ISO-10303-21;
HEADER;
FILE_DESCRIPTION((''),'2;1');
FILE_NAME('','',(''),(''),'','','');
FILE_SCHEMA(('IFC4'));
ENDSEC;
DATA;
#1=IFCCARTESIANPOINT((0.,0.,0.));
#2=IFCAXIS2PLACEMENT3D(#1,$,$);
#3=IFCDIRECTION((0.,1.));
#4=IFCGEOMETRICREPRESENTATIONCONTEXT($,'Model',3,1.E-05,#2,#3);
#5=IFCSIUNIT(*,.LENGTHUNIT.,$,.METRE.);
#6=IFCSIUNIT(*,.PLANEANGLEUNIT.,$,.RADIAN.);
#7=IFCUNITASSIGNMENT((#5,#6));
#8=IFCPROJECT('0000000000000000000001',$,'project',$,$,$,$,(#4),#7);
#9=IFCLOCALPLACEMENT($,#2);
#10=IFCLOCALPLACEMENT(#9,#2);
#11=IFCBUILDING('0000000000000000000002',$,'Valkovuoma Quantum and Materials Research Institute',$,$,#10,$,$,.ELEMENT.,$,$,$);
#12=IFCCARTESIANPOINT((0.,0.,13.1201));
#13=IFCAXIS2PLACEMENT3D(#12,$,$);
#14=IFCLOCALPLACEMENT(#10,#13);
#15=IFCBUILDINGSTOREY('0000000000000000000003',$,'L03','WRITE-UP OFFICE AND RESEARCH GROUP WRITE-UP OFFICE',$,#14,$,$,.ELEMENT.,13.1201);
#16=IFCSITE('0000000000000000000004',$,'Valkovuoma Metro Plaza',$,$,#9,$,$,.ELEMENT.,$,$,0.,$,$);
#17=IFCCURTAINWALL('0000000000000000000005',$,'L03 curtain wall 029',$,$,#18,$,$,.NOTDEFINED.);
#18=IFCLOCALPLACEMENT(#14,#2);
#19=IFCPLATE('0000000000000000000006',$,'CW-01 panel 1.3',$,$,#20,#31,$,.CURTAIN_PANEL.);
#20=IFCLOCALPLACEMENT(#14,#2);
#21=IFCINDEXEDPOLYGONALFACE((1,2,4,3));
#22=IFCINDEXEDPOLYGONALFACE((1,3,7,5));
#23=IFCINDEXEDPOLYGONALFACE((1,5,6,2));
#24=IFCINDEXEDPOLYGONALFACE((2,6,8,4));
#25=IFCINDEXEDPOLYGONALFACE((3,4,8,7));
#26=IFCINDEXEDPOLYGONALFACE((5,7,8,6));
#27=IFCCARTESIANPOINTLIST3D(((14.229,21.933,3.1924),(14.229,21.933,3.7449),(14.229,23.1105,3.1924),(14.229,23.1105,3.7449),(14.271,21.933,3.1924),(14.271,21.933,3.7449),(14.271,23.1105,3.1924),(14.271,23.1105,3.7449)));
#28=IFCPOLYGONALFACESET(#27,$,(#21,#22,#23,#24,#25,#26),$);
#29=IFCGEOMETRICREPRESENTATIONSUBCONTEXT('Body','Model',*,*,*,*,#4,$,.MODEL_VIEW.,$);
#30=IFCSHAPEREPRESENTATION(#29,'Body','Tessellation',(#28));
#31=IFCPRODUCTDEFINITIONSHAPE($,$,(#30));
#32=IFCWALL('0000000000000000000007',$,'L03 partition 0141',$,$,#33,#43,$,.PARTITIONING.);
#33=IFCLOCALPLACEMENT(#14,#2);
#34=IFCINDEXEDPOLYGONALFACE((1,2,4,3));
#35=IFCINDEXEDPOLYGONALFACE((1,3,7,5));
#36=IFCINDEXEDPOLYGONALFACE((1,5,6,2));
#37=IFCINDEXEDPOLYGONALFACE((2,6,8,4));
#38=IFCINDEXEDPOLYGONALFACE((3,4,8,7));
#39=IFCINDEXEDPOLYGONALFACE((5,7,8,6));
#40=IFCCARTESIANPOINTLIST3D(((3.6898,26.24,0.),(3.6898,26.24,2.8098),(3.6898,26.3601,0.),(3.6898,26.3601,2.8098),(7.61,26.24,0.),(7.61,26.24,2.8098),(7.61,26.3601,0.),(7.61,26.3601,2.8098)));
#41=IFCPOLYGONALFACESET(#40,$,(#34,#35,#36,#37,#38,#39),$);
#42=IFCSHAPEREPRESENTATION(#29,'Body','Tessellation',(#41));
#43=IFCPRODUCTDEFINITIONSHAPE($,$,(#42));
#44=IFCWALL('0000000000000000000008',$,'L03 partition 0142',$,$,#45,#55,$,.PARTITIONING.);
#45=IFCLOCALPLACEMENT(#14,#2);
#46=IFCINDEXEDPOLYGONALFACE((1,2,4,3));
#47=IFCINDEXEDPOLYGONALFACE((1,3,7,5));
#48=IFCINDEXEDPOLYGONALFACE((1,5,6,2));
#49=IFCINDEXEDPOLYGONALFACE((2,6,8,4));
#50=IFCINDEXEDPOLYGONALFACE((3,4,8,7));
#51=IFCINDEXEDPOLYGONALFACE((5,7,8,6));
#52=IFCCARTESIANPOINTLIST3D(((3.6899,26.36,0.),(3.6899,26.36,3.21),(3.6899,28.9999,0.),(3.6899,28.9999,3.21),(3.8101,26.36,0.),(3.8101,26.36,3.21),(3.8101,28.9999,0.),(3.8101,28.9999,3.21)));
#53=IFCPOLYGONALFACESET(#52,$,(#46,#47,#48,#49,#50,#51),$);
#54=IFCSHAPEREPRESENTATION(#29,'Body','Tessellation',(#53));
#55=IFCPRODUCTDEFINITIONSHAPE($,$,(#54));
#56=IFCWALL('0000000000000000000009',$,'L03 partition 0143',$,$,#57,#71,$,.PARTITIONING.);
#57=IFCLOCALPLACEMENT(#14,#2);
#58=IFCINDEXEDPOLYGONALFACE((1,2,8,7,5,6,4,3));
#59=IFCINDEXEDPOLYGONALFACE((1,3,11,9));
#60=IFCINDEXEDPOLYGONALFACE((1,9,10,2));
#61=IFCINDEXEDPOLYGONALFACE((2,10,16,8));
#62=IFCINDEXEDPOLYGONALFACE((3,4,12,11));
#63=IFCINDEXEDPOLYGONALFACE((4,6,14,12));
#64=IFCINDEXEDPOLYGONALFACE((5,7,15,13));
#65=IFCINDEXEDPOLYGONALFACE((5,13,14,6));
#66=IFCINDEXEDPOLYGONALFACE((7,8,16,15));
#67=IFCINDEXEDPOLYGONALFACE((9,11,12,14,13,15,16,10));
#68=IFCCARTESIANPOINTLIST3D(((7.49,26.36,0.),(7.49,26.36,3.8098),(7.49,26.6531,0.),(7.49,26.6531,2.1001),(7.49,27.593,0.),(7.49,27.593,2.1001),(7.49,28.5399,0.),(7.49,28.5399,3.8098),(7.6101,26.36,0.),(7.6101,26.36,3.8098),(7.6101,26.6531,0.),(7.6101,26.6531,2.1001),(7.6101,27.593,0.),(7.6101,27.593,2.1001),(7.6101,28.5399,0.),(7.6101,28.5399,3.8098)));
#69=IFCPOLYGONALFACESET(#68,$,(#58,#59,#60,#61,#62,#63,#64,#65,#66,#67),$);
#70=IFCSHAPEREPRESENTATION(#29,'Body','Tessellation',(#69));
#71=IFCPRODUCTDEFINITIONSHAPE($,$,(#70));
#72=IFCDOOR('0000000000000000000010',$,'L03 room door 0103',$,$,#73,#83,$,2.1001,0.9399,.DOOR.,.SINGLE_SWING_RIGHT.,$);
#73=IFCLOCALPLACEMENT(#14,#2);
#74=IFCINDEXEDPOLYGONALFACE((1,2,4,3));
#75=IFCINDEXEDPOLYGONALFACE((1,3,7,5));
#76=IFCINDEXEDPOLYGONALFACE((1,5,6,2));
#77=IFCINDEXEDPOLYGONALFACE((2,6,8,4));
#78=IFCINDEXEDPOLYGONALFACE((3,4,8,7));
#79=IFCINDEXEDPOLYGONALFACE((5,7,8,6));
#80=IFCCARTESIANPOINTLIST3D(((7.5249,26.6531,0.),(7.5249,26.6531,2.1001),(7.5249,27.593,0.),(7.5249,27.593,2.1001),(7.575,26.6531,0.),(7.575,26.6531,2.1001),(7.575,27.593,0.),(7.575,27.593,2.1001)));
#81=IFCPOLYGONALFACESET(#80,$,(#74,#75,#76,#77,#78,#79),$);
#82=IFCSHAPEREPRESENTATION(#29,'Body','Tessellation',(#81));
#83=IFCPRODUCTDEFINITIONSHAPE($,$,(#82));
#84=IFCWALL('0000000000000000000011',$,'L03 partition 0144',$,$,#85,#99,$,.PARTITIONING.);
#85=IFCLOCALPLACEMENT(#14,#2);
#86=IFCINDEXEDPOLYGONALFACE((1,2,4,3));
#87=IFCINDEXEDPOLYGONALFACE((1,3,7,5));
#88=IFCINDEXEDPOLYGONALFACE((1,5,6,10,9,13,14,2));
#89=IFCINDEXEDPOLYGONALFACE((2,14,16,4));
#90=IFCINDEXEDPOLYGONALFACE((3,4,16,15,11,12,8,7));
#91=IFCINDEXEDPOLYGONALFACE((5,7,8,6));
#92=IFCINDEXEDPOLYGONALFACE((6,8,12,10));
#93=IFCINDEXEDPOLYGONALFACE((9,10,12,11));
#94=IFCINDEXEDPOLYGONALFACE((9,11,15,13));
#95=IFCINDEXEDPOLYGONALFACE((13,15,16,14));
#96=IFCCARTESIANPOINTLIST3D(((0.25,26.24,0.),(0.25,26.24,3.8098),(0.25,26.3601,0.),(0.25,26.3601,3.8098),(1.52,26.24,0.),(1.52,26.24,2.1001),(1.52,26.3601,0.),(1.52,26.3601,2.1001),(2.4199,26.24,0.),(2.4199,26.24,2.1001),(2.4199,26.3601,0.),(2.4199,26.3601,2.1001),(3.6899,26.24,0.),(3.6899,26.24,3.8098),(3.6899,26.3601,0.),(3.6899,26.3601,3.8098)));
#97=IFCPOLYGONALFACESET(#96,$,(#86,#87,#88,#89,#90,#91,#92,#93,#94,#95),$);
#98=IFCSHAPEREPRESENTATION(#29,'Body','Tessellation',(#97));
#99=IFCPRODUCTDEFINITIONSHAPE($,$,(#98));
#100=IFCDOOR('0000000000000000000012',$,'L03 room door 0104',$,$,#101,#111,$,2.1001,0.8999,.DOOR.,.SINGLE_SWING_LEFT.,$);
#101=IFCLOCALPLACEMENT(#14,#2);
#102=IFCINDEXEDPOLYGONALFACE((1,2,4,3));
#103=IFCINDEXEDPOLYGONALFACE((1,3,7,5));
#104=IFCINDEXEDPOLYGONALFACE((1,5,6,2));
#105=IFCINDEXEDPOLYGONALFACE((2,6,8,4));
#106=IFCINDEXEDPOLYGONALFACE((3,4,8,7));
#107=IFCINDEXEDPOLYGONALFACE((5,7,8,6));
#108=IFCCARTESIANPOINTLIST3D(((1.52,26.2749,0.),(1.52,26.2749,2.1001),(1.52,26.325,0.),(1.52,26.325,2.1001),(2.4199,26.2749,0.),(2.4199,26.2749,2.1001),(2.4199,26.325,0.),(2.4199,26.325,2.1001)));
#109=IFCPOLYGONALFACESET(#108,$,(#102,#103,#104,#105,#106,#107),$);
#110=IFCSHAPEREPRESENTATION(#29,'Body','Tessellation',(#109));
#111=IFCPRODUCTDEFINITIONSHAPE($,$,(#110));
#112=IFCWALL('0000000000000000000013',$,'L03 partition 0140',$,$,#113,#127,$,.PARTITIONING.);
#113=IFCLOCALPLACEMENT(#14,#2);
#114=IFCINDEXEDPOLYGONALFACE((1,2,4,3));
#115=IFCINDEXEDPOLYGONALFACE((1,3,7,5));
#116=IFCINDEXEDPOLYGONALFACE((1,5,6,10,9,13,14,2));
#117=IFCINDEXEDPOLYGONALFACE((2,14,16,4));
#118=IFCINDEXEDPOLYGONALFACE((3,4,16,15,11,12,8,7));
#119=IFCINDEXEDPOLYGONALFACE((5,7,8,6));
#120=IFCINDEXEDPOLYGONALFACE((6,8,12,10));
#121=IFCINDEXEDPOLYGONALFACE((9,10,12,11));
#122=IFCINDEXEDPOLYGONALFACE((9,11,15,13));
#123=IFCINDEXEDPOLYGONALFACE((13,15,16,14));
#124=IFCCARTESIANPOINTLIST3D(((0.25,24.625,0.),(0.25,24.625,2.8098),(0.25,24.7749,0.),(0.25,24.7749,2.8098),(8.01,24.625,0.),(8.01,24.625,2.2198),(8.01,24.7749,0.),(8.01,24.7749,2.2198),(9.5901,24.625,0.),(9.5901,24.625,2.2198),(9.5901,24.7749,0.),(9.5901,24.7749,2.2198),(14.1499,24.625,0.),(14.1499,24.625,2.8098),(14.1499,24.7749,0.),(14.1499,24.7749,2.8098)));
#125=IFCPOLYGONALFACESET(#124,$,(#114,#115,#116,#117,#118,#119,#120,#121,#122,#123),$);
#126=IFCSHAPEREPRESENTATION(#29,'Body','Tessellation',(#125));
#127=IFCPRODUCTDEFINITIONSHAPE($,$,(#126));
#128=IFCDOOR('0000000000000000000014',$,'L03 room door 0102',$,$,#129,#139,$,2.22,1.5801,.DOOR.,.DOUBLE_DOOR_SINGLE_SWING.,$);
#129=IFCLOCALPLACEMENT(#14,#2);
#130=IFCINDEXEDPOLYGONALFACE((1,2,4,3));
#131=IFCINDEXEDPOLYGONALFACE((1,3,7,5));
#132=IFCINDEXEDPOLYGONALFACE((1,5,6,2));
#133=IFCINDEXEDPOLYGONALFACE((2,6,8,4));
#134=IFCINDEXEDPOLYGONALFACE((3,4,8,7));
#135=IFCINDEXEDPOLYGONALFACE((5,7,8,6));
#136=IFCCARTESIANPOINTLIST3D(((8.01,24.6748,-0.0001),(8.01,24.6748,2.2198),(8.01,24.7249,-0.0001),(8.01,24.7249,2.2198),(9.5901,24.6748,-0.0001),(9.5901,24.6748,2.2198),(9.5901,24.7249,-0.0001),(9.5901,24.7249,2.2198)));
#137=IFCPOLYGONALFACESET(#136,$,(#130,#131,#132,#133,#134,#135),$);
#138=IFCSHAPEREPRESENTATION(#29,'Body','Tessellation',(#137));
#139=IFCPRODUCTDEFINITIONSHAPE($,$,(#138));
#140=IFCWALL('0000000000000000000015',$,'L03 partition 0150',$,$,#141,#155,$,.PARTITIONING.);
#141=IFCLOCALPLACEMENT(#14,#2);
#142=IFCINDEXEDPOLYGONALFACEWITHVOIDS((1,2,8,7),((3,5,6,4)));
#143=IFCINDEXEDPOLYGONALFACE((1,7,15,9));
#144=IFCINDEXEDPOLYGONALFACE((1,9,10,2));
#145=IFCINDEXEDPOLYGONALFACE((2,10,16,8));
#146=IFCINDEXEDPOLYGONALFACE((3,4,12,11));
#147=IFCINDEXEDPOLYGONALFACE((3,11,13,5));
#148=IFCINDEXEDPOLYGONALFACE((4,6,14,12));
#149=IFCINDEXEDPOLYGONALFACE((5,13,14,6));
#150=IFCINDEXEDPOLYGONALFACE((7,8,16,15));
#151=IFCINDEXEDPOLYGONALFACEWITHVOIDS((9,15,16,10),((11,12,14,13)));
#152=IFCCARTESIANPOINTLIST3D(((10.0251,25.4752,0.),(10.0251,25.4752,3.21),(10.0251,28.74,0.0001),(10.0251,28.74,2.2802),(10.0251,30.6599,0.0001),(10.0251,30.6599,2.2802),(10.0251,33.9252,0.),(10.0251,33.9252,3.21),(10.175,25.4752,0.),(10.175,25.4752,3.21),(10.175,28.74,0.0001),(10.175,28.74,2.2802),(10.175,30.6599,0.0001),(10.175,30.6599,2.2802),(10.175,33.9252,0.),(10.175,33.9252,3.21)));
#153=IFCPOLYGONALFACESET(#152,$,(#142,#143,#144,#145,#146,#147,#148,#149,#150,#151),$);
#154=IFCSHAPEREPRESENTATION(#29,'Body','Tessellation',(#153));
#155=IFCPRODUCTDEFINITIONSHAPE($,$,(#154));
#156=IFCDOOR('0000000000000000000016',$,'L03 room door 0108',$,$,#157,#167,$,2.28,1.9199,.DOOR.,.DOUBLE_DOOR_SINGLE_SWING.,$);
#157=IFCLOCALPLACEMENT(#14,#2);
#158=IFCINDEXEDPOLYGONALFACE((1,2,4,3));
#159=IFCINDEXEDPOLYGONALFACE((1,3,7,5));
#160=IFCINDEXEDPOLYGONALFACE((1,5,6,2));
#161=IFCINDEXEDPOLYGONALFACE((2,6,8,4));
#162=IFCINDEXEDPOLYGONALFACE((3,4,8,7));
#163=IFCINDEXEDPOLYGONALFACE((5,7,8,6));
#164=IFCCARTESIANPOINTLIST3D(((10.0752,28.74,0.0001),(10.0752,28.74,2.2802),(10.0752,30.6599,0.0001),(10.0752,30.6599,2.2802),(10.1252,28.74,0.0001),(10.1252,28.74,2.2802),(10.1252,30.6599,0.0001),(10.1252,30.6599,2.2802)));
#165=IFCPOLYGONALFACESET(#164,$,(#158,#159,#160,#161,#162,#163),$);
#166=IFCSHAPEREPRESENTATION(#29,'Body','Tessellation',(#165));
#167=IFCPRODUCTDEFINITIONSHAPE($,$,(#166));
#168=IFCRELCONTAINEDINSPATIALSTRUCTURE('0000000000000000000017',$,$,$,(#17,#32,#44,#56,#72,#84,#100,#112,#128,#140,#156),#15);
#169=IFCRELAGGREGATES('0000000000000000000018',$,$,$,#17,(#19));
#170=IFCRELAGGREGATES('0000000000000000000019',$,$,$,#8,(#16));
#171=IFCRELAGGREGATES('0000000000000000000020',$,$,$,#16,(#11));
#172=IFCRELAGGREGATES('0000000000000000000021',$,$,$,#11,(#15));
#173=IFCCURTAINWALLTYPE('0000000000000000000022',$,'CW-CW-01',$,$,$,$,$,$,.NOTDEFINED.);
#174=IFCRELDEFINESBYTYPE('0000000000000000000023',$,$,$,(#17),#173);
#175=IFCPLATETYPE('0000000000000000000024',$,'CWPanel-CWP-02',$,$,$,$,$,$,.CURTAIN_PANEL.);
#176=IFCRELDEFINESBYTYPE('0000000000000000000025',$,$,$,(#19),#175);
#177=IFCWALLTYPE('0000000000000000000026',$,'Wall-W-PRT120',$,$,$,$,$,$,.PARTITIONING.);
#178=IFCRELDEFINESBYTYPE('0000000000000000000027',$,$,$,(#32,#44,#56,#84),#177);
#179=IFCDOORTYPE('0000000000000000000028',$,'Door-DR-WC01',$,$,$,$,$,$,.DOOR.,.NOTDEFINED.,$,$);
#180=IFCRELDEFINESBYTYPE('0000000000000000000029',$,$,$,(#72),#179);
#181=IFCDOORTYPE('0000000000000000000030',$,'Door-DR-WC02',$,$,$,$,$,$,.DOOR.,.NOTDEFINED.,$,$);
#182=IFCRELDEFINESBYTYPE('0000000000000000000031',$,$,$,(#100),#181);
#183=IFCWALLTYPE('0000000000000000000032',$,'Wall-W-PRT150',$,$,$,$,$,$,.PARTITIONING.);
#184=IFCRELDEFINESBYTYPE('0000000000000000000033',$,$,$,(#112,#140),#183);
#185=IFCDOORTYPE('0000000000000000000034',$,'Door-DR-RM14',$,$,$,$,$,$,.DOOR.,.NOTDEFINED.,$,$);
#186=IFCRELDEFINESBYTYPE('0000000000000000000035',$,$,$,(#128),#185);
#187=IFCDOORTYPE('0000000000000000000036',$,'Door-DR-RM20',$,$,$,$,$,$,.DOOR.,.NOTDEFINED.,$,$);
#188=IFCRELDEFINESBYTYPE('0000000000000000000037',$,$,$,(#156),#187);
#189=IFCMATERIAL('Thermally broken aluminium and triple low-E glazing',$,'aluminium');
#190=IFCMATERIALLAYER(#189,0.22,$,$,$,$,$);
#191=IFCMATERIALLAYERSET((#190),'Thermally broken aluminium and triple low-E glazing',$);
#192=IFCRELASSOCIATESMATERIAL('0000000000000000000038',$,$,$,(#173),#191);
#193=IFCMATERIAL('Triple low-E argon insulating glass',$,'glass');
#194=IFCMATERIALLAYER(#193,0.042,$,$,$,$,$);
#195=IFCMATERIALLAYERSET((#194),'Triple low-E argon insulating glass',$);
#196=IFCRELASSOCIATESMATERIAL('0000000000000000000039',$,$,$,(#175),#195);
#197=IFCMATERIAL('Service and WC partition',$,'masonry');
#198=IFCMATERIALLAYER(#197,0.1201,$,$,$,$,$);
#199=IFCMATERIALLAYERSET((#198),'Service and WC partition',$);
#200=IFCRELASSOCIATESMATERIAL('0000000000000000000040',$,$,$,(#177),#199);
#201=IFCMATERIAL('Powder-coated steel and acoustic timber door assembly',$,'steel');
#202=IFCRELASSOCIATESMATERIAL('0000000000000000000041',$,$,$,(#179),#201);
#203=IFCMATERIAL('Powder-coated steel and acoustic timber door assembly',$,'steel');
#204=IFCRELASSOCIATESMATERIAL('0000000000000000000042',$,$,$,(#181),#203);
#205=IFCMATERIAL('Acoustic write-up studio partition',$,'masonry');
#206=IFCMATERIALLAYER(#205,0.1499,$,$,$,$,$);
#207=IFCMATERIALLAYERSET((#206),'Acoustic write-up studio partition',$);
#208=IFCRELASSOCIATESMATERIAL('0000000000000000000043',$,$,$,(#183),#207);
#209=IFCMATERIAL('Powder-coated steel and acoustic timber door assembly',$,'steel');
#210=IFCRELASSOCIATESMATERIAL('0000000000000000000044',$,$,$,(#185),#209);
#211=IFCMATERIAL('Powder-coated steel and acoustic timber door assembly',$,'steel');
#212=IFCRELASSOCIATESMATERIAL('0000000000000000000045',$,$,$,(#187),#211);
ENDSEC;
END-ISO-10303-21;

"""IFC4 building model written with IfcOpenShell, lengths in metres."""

from ifc_helpers import new_model, si_unit, direction, frame, frame_2d, origin, origin_2d, place, context, subcontext, project, spatial, rectangle, extrude, material, layer, layer_set, type_object, element, fill, aggregate, save


model = new_model("IFC4")

# Units and contexts
model_context = context("Model", 3, precision=1e-05, world=origin(), true_north=direction((0.0, 1.0)))
body_context = subcontext(model_context, "Body", "Model", "MODEL_VIEW")
ifc_project = project(units=[si_unit("LENGTHUNIT", "METRE"), si_unit("PLANEANGLEUNIT", "RADIAN")], contexts=[model_context])

# Site, building, storey
site_placement = place(None, origin())
site = spatial("IfcSite", under=ifc_project, at=site_placement, Name="Valkovuoma Metro Plaza", CompositionType="ELEMENT", RefElevation=0.0)
building_placement = place(site_placement, origin())
building = spatial("IfcBuilding", under=site, at=building_placement, Name="Valkovuoma Quantum and Materials Research Institute", CompositionType="ELEMENT")
storey_placement = place(building_placement, frame((0.0, 0.0, 13.1201)))
storey = spatial("IfcBuildingStorey", under=building, at=storey_placement, Name="L03", Description="WRITE-UP OFFICE AND RESEARCH GROUP WRITE-UP OFFICE", CompositionType="ELEMENT", Elevation=13.1201)

# Curtain wall
ifc_material_1 = material(Name="Thermally broken aluminium and triple low-E glazing", Category="aluminium")
ifc_layer_1 = layer(ifc_material_1, 0.22)
ifc_layer_set_1 = layer_set([ifc_layer_1], Name="Thermally broken aluminium and triple low-E glazing")
curtain_wall_type = type_object("IfcCurtainWallType", Name="CW-CW-01", PredefinedType="NOTDEFINED", material=ifc_layer_set_1)
curtain_wall_1_placement = place(storey_placement, origin())
curtain_wall_1 = element("IfcCurtainWall", 1, at=curtain_wall_1_placement, inside=storey, type_object=curtain_wall_type, Name="L03 curtain wall 029", PredefinedType="NOTDEFINED")

# Plate
ifc_material_2 = material(Name="Triple low-E argon insulating glass", Category="glass")
ifc_layer_2 = layer(ifc_material_2, 0.042)
ifc_layer_set_2 = layer_set([ifc_layer_2], Name="Triple low-E argon insulating glass")
plate_type_1 = type_object("IfcPlateType", Name="CWPanel-CWP-02", PredefinedType="CURTAIN_PANEL", material=ifc_layer_set_2)
plate_1_placement = place(storey_placement, frame((14.25, 22.5217, 3.1924), z_axis=(0.0, 0.0, 1.0), x_axis=(0.0, 1.0, 0.0)))
plate_1 = element("IfcPlate", 2, at=plate_1_placement, type_object=plate_type_1, Name="CW-01 panel 1.3", PredefinedType="CURTAIN_PANEL", context=body_context, shape_type="SweptSolid", body=[
    extrude(rectangle(XDim=1.1775, YDim=0.042, at=origin_2d()), origin(), (0.0, 0.0, 1.0), 0.5525),
])
aggregate(curtain_wall_1, [plate_1])

# Walls
ifc_material_3 = material(Name="Service and WC partition", Category="masonry")
ifc_layer_3 = layer(ifc_material_3, 0.1201)
ifc_layer_set_3 = layer_set([ifc_layer_3], Name="Service and WC partition")
wall_type_1 = type_object("IfcWallType", Name="Wall-W-PRT120", PredefinedType="PARTITIONING", material=ifc_layer_set_3)
wall_1_placement = place(storey_placement, frame((3.6899, 26.3, 0.0), z_axis=(0.0, 0.0, 1.0), x_axis=(1.0, 0.0, 0.0)))
element("IfcWall", 3, at=wall_1_placement, inside=storey, type_object=wall_type_1, Name="L03 partition 0141", PredefinedType="PARTITIONING", context=body_context, shape_type="SweptSolid", body=[
    extrude(rectangle(XDim=3.9202, YDim=0.1201, at=frame_2d((1.96, 0.0))), origin(), (0.0, 0.0, 1.0), 2.8098),
])
wall_2_placement = place(storey_placement, frame((3.75, 26.3601, 0.0), z_axis=(0.0, 0.0, 1.0), x_axis=(0.0, 1.0, 0.0)))
element("IfcWall", 4, at=wall_2_placement, inside=storey, type_object=wall_type_1, Name="L03 partition 0142", PredefinedType="PARTITIONING", context=body_context, shape_type="SweptSolid", body=[
    extrude(rectangle(XDim=2.6399, YDim=0.1201, at=frame_2d((1.3198, 0.0))), origin(), (0.0, 0.0, 1.0), 3.21),
])

# Walls, openings, doors
wall_3_placement = place(storey_placement, frame((7.55, 26.3601, 0.0), z_axis=(0.0, 0.0, 1.0), x_axis=(0.0, 1.0, 0.0)))
wall_3 = element("IfcWall", 5, at=wall_3_placement, inside=storey, type_object=wall_type_1, Name="L03 partition 0143", PredefinedType="PARTITIONING", context=body_context, shape_type="SweptSolid", body=[
    extrude(rectangle(XDim=2.1799, YDim=0.1201, at=frame_2d((1.0898, 0.0))), origin(), (0.0, 0.0, 1.0), 3.8098),
])
opening_1_placement = place(wall_3_placement, frame((0.293, 0.0, 0.0)))
opening_1 = element("IfcOpeningElement", 6, at=opening_1_placement, cuts=wall_3, PredefinedType="OPENING", context=body_context, shape_type="SweptSolid", body=[
    extrude(rectangle(XDim=0.9399, YDim=2.1001, at=frame_2d((0.47, 1.05))), frame((0.0, 0.0701, 0.0), z_axis=(0.0, -1.0, 0.0), x_axis=(1.0, 0.0, 0.0)), (0.0, 0.0, 1.0), 0.1401),
])
ifc_material_4 = material(Name="Powder-coated steel and acoustic timber door assembly", Category="steel")
door_type_1 = type_object("IfcDoorType", Name="Door-DR-WC01", OperationType="NOTDEFINED", PredefinedType="DOOR", material=ifc_material_4)
door_1_placement = place(opening_1_placement, frame((0.9399, 0.0, 0.0), z_axis=(0.0, 0.0, 1.0), x_axis=(-1.0, 0.0, 0.0)))
door_1 = element("IfcDoor", 7, at=door_1_placement, inside=storey, type_object=door_type_1, Name="L03 room door 0103", OperationType="SINGLE_SWING_RIGHT", OverallHeight=2.1001, OverallWidth=0.9399, PredefinedType="DOOR", context=body_context, shape_type="SweptSolid", body=[
    extrude(rectangle(XDim=0.9399, YDim=2.1001, at=frame_2d((0.47, 1.05))), frame((0.0, 0.0249, 0.0), z_axis=(0.0, -1.0, 0.0), x_axis=(1.0, 0.0, 0.0)), (0.0, 0.0, 1.0), 0.05),
])
fill(opening_1, door_1)
wall_4_placement = place(storey_placement, frame((0.25, 26.3, 0.0), z_axis=(0.0, 0.0, 1.0), x_axis=(1.0, 0.0, 0.0)))
wall_4 = element("IfcWall", 8, at=wall_4_placement, inside=storey, type_object=wall_type_1, Name="L03 partition 0144", PredefinedType="PARTITIONING", context=body_context, shape_type="SweptSolid", body=[
    extrude(rectangle(XDim=3.4399, YDim=0.1201, at=frame_2d((1.72, 0.0))), origin(), (0.0, 0.0, 1.0), 3.8098),
])
opening_2_placement = place(wall_4_placement, frame((1.27, 0.0, 0.0)))
opening_2 = element("IfcOpeningElement", 9, at=opening_2_placement, cuts=wall_4, PredefinedType="OPENING", context=body_context, shape_type="SweptSolid", body=[
    extrude(rectangle(XDim=0.8999, YDim=2.1001, at=frame_2d((0.45, 1.05))), frame((0.0, 0.0701, 0.0), z_axis=(0.0, -1.0, 0.0), x_axis=(1.0, 0.0, 0.0)), (0.0, 0.0, 1.0), 0.1401),
])
ifc_material_5 = material(Name="Powder-coated steel and acoustic timber door assembly", Category="steel")
door_type_2 = type_object("IfcDoorType", Name="Door-DR-WC02", OperationType="NOTDEFINED", PredefinedType="DOOR", material=ifc_material_5)
door_2_placement = place(opening_2_placement, origin())
door_2 = element("IfcDoor", 10, at=door_2_placement, inside=storey, type_object=door_type_2, Name="L03 room door 0104", OperationType="SINGLE_SWING_LEFT", OverallHeight=2.1001, OverallWidth=0.8999, PredefinedType="DOOR", context=body_context, shape_type="SweptSolid", body=[
    extrude(rectangle(XDim=0.8999, YDim=2.1001, at=frame_2d((0.45, 1.05))), frame((0.0, 0.0249, 0.0), z_axis=(0.0, -1.0, 0.0), x_axis=(1.0, 0.0, 0.0)), (0.0, 0.0, 1.0), 0.05),
])
fill(opening_2, door_2)
ifc_material_6 = material(Name="Acoustic write-up studio partition", Category="masonry")
ifc_layer_4 = layer(ifc_material_6, 0.1499)
ifc_layer_set_4 = layer_set([ifc_layer_4], Name="Acoustic write-up studio partition")
wall_type_2 = type_object("IfcWallType", Name="Wall-W-PRT150", PredefinedType="PARTITIONING", material=ifc_layer_set_4)
wall_5_placement = place(storey_placement, frame((0.25, 24.7, 0.0), z_axis=(0.0, 0.0, 1.0), x_axis=(1.0, 0.0, 0.0)))
wall_5 = element("IfcWall", 11, at=wall_5_placement, inside=storey, type_object=wall_type_2, Name="L03 partition 0140", PredefinedType="PARTITIONING", context=body_context, shape_type="SweptSolid", body=[
    extrude(rectangle(XDim=13.8999, YDim=0.1499, at=frame_2d((6.95, 0.0))), origin(), (0.0, 0.0, 1.0), 2.8098),
])
opening_3_placement = place(wall_5_placement, frame((7.76, 0.0, 0.0)))
opening_3 = element("IfcOpeningElement", 12, at=opening_3_placement, cuts=wall_5, PredefinedType="OPENING", context=body_context, shape_type="SweptSolid", body=[
    extrude(rectangle(XDim=1.5801, YDim=2.22, at=frame_2d((0.79, 1.1099))), frame((0.0, 0.085, 0.0), z_axis=(0.0, -1.0, 0.0), x_axis=(1.0, 0.0, 0.0)), (0.0, 0.0, 1.0), 0.1699),
])
ifc_material_7 = material(Name="Powder-coated steel and acoustic timber door assembly", Category="steel")
door_type_3 = type_object("IfcDoorType", Name="Door-DR-RM14", OperationType="NOTDEFINED", PredefinedType="DOOR", material=ifc_material_7)
door_3_placement = place(opening_3_placement, origin())
door_3 = element("IfcDoor", 13, at=door_3_placement, inside=storey, type_object=door_type_3, Name="L03 room door 0102", OperationType="DOUBLE_DOOR_SINGLE_SWING", OverallHeight=2.22, OverallWidth=1.5801, PredefinedType="DOOR", context=body_context, shape_type="SweptSolid", body=[
    extrude(rectangle(XDim=1.5801, YDim=2.22, at=frame_2d((0.79, 1.1099))), frame((0.0, 0.0249, 0.0), z_axis=(0.0, -1.0, 0.0), x_axis=(1.0, 0.0, 0.0)), (0.0, 0.0, 1.0), 0.05),
])
fill(opening_3, door_3)
wall_6_placement = place(storey_placement, frame((10.1001, 25.4751, 0.0), z_axis=(0.0, 0.0, 1.0), x_axis=(0.0, 1.0, 0.0)))
wall_6 = element("IfcWall", 14, at=wall_6_placement, inside=storey, type_object=wall_type_2, Name="L03 partition 0150", PredefinedType="PARTITIONING", context=body_context, shape_type="SweptSolid", body=[
    extrude(rectangle(XDim=8.45, YDim=0.1499, at=frame_2d((4.2251, 0.0))), origin(), (0.0, 0.0, 1.0), 3.21),
])
opening_4_placement = place(wall_6_placement, frame((3.2649, 0.0, 0.0)))
opening_4 = element("IfcOpeningElement", 15, at=opening_4_placement, cuts=wall_6, PredefinedType="OPENING", context=body_context, shape_type="SweptSolid", body=[
    extrude(rectangle(XDim=1.9199, YDim=2.28, at=frame_2d((0.96, 1.1401))), frame((0.0, 0.085, 0.0), z_axis=(0.0, -1.0, 0.0), x_axis=(1.0, 0.0, 0.0)), (0.0, 0.0, 1.0), 0.1699),
])
ifc_material_8 = material(Name="Powder-coated steel and acoustic timber door assembly", Category="steel")
door_type_4 = type_object("IfcDoorType", Name="Door-DR-RM20", OperationType="NOTDEFINED", PredefinedType="DOOR", material=ifc_material_8)
door_4_placement = place(opening_4_placement, origin())
door_4 = element("IfcDoor", 16, at=door_4_placement, inside=storey, type_object=door_type_4, Name="L03 room door 0108", OperationType="DOUBLE_DOOR_SINGLE_SWING", OverallHeight=2.28, OverallWidth=1.9199, PredefinedType="DOOR", context=body_context, shape_type="SweptSolid", body=[
    extrude(rectangle(XDim=1.9199, YDim=2.28, at=frame_2d((0.96, 1.1401))), frame((0.0, 0.0249, 0.0), z_axis=(0.0, -1.0, 0.0), x_axis=(1.0, 0.0, 0.0)), (0.0, 0.0, 1.0), 0.05),
])
fill(opening_4, door_4)

save(model, "model.ifc")
